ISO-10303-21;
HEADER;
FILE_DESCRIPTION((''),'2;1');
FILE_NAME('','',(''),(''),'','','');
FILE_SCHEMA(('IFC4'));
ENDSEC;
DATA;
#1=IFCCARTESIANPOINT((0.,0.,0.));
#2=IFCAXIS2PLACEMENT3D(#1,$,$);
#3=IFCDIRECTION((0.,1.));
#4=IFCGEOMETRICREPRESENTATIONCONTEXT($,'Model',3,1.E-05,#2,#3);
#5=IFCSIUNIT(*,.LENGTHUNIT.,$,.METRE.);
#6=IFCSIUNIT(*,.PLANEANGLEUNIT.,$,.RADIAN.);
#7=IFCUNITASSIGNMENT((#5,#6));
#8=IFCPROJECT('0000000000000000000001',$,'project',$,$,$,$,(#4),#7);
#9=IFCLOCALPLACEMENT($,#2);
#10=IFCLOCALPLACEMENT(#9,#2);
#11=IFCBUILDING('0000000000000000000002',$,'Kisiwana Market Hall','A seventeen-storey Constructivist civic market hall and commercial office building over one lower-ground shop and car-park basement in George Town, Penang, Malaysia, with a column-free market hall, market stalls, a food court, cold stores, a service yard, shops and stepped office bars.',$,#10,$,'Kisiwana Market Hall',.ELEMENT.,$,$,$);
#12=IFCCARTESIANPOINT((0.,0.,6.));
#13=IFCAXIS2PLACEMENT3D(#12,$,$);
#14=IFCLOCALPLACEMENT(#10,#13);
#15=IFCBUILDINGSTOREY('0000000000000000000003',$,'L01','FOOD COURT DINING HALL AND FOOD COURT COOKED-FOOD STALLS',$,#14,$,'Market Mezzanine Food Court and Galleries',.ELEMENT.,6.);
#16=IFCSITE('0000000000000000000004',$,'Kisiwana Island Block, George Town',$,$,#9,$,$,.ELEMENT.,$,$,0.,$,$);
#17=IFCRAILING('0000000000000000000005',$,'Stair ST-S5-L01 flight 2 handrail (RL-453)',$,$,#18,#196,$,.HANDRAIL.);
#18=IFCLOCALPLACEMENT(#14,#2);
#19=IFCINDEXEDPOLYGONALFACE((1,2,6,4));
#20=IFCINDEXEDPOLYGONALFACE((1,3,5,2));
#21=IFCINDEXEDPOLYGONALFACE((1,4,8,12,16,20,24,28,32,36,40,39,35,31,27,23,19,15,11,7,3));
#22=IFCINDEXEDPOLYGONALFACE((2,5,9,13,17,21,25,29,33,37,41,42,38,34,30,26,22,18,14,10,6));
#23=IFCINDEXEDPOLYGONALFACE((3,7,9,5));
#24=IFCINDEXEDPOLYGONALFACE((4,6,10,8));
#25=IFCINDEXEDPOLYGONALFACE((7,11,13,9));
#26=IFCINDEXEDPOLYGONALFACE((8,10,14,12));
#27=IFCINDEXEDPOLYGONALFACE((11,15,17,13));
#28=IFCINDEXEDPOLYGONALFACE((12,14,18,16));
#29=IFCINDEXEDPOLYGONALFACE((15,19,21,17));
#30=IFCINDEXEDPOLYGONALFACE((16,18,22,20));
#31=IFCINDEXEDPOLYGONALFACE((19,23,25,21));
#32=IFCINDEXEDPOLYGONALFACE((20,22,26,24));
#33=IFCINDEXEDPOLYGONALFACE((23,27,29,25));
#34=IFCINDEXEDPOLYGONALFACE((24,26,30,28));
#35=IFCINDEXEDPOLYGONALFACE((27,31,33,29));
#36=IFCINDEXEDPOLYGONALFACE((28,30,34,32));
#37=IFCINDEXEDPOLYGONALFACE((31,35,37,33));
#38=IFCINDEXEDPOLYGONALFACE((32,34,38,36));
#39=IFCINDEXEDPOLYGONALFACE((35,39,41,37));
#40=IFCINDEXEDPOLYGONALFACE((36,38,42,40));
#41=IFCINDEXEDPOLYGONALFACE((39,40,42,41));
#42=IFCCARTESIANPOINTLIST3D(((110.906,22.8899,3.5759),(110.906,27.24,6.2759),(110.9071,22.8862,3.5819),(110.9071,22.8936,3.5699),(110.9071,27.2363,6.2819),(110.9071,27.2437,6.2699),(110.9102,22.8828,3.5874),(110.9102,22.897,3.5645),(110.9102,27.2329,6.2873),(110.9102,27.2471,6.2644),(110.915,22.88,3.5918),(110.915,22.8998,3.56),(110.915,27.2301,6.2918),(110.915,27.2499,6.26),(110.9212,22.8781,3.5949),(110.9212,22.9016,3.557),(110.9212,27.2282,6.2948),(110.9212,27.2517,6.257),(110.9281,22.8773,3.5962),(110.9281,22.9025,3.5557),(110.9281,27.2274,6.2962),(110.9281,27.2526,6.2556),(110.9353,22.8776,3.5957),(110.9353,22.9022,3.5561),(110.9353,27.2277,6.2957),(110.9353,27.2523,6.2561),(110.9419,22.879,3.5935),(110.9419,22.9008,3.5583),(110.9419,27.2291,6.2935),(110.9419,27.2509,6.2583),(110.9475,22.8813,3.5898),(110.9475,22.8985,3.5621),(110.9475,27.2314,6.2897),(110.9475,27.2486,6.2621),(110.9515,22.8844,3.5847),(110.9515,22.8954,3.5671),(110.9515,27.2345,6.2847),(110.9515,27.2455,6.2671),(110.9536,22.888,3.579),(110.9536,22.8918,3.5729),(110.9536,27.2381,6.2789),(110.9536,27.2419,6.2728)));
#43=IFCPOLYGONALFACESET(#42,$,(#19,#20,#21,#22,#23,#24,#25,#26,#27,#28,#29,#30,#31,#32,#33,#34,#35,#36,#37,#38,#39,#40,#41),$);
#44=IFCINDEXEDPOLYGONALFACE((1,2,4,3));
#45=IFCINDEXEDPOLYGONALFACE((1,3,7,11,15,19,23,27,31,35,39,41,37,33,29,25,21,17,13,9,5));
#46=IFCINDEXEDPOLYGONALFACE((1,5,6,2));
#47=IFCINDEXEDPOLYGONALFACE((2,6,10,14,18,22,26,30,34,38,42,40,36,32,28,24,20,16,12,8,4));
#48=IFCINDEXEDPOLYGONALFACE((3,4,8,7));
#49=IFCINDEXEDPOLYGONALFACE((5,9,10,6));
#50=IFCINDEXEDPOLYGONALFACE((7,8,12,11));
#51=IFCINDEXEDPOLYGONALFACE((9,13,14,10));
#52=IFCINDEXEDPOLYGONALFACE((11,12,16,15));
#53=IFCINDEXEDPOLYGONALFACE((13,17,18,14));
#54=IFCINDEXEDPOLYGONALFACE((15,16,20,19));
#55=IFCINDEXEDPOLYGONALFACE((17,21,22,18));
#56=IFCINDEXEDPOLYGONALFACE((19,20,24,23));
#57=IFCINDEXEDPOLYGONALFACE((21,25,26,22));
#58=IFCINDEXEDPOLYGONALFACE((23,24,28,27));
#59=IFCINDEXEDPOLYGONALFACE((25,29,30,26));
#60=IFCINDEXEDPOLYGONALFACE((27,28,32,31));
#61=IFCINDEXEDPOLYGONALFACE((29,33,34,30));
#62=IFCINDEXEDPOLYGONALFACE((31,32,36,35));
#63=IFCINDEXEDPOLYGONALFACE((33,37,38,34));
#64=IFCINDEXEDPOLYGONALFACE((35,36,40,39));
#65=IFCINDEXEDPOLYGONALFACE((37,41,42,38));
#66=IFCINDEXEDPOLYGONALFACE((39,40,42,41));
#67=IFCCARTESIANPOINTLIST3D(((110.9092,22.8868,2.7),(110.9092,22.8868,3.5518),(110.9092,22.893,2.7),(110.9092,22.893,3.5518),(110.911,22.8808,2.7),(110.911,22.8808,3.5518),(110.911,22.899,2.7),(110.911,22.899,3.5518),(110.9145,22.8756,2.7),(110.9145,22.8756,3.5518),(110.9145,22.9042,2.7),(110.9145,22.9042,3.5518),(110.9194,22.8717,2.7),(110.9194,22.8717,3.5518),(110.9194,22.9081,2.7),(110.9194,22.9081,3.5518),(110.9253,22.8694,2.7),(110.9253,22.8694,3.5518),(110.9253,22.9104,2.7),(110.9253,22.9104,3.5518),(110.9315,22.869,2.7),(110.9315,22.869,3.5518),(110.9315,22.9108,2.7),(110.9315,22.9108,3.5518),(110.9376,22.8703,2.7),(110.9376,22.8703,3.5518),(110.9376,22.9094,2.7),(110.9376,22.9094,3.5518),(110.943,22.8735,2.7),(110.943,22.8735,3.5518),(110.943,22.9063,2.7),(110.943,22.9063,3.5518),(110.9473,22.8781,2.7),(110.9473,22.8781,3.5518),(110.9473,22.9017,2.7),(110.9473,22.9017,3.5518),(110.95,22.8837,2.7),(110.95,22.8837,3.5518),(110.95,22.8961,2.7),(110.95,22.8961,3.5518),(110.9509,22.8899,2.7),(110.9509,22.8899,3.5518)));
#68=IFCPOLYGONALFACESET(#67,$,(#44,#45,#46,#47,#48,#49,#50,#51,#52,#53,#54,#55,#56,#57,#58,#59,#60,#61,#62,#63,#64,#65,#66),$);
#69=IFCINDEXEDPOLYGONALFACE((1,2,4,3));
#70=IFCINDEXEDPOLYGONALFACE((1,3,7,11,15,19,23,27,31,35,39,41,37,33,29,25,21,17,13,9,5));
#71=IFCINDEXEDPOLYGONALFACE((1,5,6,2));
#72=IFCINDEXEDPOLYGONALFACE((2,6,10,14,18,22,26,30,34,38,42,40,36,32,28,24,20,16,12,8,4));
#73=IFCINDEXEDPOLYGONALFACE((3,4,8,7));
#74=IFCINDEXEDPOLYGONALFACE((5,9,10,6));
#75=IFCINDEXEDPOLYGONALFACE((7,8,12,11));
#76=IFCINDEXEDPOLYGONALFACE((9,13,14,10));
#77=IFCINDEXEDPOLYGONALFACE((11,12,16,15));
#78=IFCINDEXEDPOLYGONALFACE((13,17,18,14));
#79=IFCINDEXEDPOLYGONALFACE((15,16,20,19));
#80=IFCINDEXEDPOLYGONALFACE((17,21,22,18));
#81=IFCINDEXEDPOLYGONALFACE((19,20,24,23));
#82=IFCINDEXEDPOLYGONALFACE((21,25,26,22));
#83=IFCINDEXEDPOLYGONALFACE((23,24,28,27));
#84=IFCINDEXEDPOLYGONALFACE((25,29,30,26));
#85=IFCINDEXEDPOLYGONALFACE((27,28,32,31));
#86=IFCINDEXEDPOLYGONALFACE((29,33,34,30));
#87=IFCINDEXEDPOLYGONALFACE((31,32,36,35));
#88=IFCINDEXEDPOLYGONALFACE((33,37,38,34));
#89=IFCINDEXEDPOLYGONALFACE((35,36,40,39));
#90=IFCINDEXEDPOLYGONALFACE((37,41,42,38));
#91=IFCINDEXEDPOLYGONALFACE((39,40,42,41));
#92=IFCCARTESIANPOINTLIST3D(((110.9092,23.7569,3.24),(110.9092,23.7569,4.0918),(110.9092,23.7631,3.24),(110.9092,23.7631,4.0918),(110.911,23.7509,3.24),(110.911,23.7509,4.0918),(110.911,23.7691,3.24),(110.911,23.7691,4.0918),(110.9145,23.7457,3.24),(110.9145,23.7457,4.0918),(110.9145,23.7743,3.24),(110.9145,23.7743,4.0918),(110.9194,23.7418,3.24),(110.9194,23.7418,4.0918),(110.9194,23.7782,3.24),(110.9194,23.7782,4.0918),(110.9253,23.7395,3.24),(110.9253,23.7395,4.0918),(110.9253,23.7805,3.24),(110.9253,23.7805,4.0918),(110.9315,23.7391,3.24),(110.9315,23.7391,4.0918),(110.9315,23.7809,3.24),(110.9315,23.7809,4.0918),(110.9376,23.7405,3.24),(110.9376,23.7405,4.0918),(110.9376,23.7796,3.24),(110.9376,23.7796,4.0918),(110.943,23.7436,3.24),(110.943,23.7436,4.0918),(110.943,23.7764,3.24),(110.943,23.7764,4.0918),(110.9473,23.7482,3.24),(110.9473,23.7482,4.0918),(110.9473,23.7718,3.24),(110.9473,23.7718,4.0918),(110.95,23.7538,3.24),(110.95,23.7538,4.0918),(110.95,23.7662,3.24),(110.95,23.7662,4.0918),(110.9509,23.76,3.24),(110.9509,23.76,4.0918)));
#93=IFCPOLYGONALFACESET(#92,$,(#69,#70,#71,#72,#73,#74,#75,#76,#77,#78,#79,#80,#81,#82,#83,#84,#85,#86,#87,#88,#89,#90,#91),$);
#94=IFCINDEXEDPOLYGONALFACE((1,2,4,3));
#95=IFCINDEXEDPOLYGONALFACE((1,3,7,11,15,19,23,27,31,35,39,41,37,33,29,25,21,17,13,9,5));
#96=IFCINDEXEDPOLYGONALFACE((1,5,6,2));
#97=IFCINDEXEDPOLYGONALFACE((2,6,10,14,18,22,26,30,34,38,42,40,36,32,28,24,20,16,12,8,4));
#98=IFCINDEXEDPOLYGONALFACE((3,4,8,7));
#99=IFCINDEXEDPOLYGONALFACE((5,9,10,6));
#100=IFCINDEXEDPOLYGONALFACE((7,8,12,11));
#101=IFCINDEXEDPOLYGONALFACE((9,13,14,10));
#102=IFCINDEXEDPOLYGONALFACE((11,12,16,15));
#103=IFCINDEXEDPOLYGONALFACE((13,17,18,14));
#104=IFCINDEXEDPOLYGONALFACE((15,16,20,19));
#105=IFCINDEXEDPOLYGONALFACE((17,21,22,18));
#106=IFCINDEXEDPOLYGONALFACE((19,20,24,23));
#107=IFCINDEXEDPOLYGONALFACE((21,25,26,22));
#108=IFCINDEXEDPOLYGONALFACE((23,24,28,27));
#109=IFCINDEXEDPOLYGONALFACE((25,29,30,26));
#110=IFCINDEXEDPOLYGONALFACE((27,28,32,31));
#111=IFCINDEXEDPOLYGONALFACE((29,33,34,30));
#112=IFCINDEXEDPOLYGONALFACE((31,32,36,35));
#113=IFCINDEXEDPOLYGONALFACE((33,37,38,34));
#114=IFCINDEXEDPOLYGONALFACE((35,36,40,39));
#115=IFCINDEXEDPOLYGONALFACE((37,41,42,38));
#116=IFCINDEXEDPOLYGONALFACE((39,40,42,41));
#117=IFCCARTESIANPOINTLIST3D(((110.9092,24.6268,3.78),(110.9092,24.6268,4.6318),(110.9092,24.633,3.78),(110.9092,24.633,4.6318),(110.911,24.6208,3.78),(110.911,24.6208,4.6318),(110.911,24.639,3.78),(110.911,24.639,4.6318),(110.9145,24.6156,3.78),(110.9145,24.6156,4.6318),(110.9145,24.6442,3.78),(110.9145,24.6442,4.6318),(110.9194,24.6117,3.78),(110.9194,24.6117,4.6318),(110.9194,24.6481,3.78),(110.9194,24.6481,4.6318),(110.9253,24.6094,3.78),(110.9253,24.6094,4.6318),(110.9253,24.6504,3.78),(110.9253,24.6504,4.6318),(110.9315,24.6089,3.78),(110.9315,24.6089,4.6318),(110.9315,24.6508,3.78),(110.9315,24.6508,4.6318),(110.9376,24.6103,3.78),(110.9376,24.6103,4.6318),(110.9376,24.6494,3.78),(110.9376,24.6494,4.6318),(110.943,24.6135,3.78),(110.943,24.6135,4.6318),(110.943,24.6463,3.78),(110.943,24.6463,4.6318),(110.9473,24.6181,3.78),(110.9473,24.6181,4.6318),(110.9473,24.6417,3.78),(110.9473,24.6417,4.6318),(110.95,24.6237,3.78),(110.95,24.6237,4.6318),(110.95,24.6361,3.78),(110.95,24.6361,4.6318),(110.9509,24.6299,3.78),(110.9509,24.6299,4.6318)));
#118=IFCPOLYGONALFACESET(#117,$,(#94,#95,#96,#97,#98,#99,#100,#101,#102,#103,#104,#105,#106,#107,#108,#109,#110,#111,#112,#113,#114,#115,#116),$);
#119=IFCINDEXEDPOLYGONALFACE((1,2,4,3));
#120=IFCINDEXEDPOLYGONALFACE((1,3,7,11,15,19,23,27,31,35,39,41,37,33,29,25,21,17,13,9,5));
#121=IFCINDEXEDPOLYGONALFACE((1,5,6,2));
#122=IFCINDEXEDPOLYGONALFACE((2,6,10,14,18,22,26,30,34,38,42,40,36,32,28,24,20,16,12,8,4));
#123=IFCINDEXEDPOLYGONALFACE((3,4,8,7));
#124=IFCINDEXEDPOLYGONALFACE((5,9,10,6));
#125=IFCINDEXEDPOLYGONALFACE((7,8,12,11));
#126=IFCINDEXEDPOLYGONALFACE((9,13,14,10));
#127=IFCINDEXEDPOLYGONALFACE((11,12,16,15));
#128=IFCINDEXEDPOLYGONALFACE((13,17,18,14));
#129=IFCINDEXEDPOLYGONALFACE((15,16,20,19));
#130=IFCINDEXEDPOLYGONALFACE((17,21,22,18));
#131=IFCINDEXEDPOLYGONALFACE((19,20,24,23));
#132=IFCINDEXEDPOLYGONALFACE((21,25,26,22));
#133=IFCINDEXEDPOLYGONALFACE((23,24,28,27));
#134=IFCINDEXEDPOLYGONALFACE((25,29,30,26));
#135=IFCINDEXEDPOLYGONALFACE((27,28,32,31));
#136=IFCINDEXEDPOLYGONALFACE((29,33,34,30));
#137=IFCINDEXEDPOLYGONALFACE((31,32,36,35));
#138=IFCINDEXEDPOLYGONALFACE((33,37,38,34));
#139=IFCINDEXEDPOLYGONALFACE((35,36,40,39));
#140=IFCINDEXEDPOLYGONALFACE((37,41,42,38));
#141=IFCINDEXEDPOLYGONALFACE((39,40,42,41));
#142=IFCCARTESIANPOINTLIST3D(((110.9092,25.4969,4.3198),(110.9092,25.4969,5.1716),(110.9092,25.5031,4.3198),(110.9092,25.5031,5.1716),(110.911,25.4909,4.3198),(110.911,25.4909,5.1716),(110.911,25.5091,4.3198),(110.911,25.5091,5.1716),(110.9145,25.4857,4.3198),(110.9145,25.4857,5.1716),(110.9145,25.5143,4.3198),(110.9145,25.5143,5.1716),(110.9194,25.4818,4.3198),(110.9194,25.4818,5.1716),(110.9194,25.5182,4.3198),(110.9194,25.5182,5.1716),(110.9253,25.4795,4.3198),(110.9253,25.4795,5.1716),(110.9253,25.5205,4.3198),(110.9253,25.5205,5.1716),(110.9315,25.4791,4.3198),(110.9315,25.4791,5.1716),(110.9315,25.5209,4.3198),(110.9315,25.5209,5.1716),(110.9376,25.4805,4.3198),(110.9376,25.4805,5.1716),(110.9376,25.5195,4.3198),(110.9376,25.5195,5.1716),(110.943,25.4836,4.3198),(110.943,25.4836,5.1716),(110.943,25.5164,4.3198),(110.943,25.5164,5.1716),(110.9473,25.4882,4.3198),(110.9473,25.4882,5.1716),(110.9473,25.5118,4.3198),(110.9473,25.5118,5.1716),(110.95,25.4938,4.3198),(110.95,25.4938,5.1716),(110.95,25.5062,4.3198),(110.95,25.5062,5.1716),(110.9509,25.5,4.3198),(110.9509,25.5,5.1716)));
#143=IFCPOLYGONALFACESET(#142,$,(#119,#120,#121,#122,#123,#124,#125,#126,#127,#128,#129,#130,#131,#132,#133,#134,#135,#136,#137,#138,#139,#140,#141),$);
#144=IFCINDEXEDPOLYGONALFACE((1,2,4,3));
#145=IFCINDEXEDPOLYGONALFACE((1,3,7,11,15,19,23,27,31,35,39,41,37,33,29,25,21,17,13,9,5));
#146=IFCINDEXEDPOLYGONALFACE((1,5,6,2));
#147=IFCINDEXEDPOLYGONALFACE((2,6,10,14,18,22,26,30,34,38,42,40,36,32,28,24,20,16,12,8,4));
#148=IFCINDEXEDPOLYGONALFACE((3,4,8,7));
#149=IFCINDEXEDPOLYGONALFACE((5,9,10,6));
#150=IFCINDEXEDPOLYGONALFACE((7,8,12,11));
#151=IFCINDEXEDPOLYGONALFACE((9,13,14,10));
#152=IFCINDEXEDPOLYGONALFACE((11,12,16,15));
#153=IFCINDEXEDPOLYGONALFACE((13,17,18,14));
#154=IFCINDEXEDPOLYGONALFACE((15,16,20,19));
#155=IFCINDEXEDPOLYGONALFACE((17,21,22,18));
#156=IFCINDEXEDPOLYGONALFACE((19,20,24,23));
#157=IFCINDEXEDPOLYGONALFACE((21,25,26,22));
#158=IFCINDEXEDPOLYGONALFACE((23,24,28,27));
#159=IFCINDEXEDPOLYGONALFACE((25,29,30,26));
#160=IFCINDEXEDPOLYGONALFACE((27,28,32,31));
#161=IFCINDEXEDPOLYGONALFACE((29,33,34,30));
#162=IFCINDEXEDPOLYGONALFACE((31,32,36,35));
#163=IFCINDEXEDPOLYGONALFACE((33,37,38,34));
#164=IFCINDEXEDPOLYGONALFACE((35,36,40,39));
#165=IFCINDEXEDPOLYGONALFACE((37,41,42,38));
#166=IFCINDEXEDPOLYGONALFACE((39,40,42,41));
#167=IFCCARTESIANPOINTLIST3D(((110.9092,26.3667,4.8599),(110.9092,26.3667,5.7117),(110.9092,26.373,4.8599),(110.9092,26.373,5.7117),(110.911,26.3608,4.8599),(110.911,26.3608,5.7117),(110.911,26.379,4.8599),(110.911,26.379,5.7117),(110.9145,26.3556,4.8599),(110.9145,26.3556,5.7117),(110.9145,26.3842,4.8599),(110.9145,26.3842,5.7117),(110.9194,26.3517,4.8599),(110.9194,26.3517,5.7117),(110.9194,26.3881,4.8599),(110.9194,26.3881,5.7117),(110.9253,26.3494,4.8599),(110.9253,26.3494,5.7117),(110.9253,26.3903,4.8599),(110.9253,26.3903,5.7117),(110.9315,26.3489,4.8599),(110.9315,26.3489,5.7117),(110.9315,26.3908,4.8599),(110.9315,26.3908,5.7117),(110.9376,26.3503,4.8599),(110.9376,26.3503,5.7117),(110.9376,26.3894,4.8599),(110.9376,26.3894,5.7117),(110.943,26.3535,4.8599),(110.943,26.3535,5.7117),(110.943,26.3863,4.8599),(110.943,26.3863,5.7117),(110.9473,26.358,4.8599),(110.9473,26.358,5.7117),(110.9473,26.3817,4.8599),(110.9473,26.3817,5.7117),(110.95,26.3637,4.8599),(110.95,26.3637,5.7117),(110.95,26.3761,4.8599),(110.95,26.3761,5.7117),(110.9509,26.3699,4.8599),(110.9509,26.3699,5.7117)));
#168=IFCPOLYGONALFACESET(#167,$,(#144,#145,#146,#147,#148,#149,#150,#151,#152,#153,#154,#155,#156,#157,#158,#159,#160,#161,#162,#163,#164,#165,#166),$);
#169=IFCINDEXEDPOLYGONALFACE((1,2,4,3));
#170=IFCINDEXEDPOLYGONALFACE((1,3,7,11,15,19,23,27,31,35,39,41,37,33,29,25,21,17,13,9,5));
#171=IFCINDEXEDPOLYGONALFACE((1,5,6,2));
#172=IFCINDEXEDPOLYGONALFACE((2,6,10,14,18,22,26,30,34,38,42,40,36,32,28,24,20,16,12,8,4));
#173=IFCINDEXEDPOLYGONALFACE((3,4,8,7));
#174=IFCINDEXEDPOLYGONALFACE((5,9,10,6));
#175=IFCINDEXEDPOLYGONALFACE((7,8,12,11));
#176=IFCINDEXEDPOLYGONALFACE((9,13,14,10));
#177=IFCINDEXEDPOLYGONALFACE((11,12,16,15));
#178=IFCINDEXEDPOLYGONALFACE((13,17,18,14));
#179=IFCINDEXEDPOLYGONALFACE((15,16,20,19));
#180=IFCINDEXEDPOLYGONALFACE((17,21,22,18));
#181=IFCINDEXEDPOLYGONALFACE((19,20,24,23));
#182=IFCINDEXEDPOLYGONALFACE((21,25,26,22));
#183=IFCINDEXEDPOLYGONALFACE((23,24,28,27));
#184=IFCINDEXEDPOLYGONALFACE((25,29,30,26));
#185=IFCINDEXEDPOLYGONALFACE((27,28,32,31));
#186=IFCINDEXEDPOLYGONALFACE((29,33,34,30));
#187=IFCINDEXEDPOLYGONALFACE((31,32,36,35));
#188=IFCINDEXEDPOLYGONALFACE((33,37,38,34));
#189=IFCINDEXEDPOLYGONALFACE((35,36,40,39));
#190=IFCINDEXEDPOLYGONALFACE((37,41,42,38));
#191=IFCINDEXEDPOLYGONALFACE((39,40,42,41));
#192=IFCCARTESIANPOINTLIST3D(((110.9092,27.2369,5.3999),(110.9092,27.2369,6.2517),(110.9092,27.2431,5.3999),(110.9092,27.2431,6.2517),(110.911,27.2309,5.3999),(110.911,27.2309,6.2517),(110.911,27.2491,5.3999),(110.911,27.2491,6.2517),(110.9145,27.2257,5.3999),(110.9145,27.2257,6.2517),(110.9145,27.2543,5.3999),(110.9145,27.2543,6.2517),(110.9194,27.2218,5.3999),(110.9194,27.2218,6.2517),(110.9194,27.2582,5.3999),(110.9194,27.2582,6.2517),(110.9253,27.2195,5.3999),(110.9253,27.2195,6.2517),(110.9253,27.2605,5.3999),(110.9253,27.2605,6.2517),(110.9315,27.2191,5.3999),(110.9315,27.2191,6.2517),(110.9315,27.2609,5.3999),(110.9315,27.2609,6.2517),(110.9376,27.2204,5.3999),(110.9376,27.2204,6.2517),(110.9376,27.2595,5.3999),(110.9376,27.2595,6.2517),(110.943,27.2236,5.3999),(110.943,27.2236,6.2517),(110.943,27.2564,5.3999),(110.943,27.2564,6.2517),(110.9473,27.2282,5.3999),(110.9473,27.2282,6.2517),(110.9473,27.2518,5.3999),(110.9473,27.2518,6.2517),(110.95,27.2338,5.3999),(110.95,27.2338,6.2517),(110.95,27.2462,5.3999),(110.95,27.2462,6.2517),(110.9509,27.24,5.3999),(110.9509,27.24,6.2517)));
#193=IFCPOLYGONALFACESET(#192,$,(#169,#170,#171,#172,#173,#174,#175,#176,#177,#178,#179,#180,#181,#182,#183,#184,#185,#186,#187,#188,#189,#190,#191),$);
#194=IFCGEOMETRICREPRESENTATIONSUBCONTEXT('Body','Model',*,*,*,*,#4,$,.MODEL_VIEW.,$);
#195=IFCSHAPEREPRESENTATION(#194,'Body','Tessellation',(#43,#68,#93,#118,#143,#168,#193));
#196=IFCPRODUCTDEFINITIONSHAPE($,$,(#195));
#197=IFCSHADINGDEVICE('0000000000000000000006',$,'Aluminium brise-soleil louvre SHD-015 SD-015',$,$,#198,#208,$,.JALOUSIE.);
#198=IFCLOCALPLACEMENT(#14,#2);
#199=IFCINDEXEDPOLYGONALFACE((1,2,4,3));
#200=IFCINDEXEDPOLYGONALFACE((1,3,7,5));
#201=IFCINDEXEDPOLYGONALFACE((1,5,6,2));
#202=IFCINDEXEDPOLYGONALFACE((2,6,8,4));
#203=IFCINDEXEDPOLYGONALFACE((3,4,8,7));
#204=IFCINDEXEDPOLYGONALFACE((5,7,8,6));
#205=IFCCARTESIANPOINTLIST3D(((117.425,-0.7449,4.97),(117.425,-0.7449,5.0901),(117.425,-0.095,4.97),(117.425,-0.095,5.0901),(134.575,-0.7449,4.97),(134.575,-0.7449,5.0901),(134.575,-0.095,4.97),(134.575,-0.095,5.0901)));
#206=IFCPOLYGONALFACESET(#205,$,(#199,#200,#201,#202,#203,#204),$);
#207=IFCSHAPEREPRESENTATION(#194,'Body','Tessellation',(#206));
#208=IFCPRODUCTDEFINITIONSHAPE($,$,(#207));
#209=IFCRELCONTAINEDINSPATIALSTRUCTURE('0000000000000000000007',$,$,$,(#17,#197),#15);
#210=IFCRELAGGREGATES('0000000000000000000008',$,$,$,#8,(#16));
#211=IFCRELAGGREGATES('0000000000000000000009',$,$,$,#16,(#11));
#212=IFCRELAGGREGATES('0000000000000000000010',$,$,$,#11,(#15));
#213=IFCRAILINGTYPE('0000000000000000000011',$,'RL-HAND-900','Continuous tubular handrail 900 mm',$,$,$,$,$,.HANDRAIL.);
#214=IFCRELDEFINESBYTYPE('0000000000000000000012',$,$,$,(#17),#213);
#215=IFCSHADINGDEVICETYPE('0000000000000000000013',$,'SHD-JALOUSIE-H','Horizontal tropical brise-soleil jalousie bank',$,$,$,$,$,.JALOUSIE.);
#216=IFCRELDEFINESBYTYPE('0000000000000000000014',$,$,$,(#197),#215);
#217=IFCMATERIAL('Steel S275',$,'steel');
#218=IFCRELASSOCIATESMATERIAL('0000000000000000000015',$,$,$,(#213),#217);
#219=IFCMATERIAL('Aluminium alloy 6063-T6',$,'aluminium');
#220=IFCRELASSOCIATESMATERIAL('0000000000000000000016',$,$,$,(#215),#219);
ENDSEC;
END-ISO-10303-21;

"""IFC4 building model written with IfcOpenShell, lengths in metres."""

from ifc_helpers import new_model, si_unit, direction, frame, origin, origin_2d, place, context, subcontext, project, spatial, rectangle, circle, extrude, material, type_object, element, save


model = new_model("IFC4")

# Units and contexts
model_context = context("Model", 3, precision=1e-05, world=origin(), true_north=direction((0.0, 1.0)))
body_context = subcontext(model_context, "Body", "Model", "MODEL_VIEW")
ifc_project = project(units=[si_unit("LENGTHUNIT", "METRE"), si_unit("PLANEANGLEUNIT", "RADIAN")], contexts=[model_context])

# Site, building, storey
site_placement = place(None, origin())
site = spatial("IfcSite", under=ifc_project, at=site_placement, Name="Kisiwana Island Block, George Town", CompositionType="ELEMENT", RefElevation=0.0)
building_placement = place(site_placement, origin())
building = spatial("IfcBuilding", under=site, at=building_placement, Name="Kisiwana Market Hall", Description="A seventeen-storey Constructivist civic market hall and commercial office building over one lower-ground shop and car-park basement in George Town, Penang, Malaysia, with a column-free market hall, market stalls, a food court, cold stores, a service yard, shops and stepped office bars.", LongName="Kisiwana Market Hall", CompositionType="ELEMENT")
storey_placement = place(building_placement, frame((0.0, 0.0, 6.0)))
storey = spatial("IfcBuildingStorey", under=building, at=storey_placement, Name="L01", Description="FOOD COURT DINING HALL AND FOOD COURT COOKED-FOOD STALLS", LongName="Market Mezzanine Food Court and Galleries", CompositionType="ELEMENT", Elevation=6.0)

# Railing
ifc_material_1 = material(Name="Steel S275", Category="steel")
railing_type = type_object("IfcRailingType", Name="RL-HAND-900", Description="Continuous tubular handrail 900 mm", PredefinedType="HANDRAIL", material=ifc_material_1)
for number, where, name in (
    (1, (110.9299, 22.8899, 2.7), "Stair ST-S5-L01 flight 2 handrail (RL-453)"),
):
    element("IfcRailing", number, at=place(storey_placement, frame(where)), inside=storey, type_object=railing_type, Name=name, PredefinedType="HANDRAIL", context=body_context, shape_type="SweptSolid", body=[
        extrude(circle(Radius=0.0239, at=origin_2d()), frame((0.0, 0.0, 0.876), z_axis=(0.0, 0.84965, 0.527347), x_axis=(-1.0, 0.0, 0.0)), (0.0, 0.0, 1.0), 5.1199),
        extrude(circle(Radius=0.021, at=origin_2d()), origin(), (0.0, 0.0, 1.0), 0.8518),
        extrude(circle(Radius=0.021, at=origin_2d()), frame((0.0, 0.8701, 0.54)), (0.0, 0.0, 1.0), 0.8518),
        extrude(circle(Radius=0.021, at=origin_2d()), frame((0.0, 1.74, 1.0801)), (0.0, 0.0, 1.0), 0.8518),
        extrude(circle(Radius=0.021, at=origin_2d()), frame((0.0, 2.6101, 1.6199)), (0.0, 0.0, 1.0), 0.8518),
        extrude(circle(Radius=0.021, at=origin_2d()), frame((0.0, 3.48, 2.1599)), (0.0, 0.0, 1.0), 0.8518),
        extrude(circle(Radius=0.021, at=origin_2d()), frame((0.0, 4.3501, 2.7)), (0.0, 0.0, 1.0), 0.8518),
    ])

# Shading device
ifc_material_2 = material(Name="Aluminium alloy 6063-T6", Category="aluminium")
shading_device_type = type_object("IfcShadingDeviceType", Name="SHD-JALOUSIE-H", Description="Horizontal tropical brise-soleil jalousie bank", PredefinedType="JALOUSIE", material=ifc_material_2)
shading_device_placement = place(storey_placement, frame((126.0, -0.4199, 4.97), z_axis=(0.0, 0.0, 1.0), x_axis=(1.0, 0.0, 0.0)))
element("IfcShadingDevice", 2, at=shading_device_placement, inside=storey, type_object=shading_device_type, Name="Aluminium brise-soleil louvre SHD-015 SD-015", PredefinedType="JALOUSIE", context=body_context, shape_type="SweptSolid", body=[
    extrude(rectangle(XDim=17.1499, YDim=0.6499, at=origin_2d()), origin(), (0.0, 0.0, 1.0), 0.1201),
])

save(model, "model.ifc")
